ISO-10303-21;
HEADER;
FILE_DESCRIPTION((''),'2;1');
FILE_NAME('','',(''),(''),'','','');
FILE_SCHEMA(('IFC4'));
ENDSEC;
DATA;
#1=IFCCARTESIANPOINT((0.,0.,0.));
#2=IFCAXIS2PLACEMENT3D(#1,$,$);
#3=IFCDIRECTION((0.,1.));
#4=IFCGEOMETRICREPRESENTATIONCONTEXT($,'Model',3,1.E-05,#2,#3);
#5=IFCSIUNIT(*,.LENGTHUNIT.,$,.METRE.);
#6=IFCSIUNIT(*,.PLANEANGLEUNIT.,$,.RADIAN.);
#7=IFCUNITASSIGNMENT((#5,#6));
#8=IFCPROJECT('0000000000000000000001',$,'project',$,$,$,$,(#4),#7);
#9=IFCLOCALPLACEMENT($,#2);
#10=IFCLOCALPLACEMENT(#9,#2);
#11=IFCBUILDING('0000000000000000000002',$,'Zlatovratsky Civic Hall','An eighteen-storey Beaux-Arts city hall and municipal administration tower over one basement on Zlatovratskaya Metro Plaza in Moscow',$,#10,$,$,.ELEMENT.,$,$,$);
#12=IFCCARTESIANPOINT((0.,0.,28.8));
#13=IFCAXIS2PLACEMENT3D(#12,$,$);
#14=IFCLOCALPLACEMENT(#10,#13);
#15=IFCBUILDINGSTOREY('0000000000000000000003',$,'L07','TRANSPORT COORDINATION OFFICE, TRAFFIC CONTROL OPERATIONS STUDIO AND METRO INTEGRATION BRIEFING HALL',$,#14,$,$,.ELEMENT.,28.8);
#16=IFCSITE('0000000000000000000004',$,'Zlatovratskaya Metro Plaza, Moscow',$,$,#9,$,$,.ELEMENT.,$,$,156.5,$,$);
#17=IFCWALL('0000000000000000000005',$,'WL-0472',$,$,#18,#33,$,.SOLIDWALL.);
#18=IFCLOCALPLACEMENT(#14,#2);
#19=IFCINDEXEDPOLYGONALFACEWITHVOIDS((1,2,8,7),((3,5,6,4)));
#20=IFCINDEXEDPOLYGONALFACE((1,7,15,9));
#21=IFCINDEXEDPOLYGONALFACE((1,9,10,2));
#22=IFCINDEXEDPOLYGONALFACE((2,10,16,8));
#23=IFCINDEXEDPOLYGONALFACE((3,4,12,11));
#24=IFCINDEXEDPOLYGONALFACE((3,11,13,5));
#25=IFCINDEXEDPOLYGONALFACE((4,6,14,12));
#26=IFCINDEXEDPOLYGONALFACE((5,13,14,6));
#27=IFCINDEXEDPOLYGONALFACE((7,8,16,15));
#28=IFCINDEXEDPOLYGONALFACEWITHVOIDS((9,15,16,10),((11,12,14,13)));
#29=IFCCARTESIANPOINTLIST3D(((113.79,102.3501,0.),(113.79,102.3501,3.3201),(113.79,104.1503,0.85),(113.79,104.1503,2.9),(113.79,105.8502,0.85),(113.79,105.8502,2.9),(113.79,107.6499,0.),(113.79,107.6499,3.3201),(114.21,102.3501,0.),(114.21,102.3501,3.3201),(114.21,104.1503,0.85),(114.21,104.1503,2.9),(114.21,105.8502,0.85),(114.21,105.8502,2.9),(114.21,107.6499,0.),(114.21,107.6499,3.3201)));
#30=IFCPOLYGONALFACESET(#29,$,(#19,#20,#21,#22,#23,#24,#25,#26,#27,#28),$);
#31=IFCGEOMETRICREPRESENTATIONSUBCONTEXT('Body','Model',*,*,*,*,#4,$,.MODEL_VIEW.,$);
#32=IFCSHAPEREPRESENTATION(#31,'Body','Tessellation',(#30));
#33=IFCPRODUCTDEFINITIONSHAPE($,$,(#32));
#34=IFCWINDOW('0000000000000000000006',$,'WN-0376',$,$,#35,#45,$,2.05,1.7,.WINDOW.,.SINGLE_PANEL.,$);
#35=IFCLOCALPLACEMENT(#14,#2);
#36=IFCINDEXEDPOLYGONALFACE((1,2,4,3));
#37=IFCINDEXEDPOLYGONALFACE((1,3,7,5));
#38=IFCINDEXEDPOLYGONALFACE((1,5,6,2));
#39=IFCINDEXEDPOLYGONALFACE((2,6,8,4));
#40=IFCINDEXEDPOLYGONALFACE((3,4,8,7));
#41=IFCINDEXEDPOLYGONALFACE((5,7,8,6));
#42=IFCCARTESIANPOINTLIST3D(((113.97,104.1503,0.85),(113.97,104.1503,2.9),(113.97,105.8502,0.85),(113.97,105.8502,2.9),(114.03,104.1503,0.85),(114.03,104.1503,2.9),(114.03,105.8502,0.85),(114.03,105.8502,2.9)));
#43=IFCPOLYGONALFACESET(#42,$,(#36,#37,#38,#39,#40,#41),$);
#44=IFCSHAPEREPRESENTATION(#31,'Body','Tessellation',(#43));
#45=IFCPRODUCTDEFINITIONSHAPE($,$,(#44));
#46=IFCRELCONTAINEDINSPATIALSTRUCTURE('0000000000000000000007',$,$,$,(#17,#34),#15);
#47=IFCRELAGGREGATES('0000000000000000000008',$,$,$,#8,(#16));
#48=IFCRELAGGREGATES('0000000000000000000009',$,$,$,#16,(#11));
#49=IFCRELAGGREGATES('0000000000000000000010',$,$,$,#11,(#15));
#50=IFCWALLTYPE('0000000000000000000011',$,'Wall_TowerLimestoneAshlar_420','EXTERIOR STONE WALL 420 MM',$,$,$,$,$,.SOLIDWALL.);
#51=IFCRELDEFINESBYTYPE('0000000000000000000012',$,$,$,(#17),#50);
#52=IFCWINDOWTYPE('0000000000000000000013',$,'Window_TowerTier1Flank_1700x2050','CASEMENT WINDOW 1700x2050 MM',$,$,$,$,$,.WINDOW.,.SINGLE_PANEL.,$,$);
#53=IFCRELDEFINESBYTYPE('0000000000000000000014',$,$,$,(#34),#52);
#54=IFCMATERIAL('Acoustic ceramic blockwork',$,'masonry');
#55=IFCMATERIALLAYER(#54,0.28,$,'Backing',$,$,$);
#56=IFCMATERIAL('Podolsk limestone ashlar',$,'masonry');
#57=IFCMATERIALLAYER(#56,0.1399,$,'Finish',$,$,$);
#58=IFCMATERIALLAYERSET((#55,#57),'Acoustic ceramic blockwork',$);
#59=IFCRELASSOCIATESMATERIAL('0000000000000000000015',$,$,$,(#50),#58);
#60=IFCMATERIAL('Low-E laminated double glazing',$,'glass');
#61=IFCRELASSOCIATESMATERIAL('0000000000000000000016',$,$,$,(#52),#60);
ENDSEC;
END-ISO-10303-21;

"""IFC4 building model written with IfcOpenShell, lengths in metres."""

from ifc_helpers import new_model, si_unit, direction, frame, frame_2d, origin, place, context, subcontext, project, spatial, rectangle, extrude, material, layer, layer_set, type_object, element, fill, save


model = new_model("IFC4")

# Units and contexts
model_context = context("Model", 3, precision=1e-05, world=origin(), true_north=direction((0.0, 1.0)))
body_context = subcontext(model_context, "Body", "Model", "MODEL_VIEW")
ifc_project = project(units=[si_unit("LENGTHUNIT", "METRE"), si_unit("PLANEANGLEUNIT", "RADIAN")], contexts=[model_context])

# Site, building, storey
site_placement = place(None, origin())
site = spatial("IfcSite", under=ifc_project, at=site_placement, Name="Zlatovratskaya Metro Plaza, Moscow", CompositionType="ELEMENT", RefElevation=156.5)
building_placement = place(site_placement, origin())
building = spatial("IfcBuilding", under=site, at=building_placement, Name="Zlatovratsky Civic Hall", Description="An eighteen-storey Beaux-Arts city hall and municipal administration tower over one basement on Zlatovratskaya Metro Plaza in Moscow", CompositionType="ELEMENT")
storey_placement = place(building_placement, frame((0.0, 0.0, 28.8)))
storey = spatial("IfcBuildingStorey", under=building, at=storey_placement, Name="L07", Description="TRANSPORT COORDINATION OFFICE, TRAFFIC CONTROL OPERATIONS STUDIO AND METRO INTEGRATION BRIEFING HALL", CompositionType="ELEMENT", Elevation=28.8)

# Wall, opening, window
ifc_material_1 = material(Name="Acoustic ceramic blockwork", Category="masonry")
ifc_layer_1 = layer(ifc_material_1, 0.28, Name="Backing")
ifc_material_2 = material(Name="Podolsk limestone ashlar", Category="masonry")
ifc_layer_2 = layer(ifc_material_2, 0.1399, Name="Finish")
ifc_layer_set = layer_set([ifc_layer_1, ifc_layer_2], Name="Acoustic ceramic blockwork")
wall_type = type_object("IfcWallType", Name="Wall_TowerLimestoneAshlar_420", Description="EXTERIOR STONE WALL 420 MM", PredefinedType="SOLIDWALL", material=ifc_layer_set)
ifc_material_3 = material(Name="Low-E laminated double glazing", Category="glass")
window_type_1 = type_object("IfcWindowType", Name="Window_TowerTier1Flank_1700x2050", Description="CASEMENT WINDOW 1700x2050 MM", PartitioningType="SINGLE_PANEL", PredefinedType="WINDOW", material=ifc_material_3)
wall_1_placement = place(storey_placement, frame((114.0, 102.3501, 0.0), z_axis=(0.0, 0.0, 1.0), x_axis=(0.0, 1.0, 0.0)))
wall_1 = element("IfcWall", 1, at=wall_1_placement, inside=storey, type_object=wall_type, Name="WL-0472", PredefinedType="SOLIDWALL", context=body_context, shape_type="SweptSolid", body=[
    extrude(rectangle(XDim=5.2998, YDim=0.4199, at=frame_2d((2.6499, 0.0))), origin(), (0.0, 0.0, 1.0), 3.3201),
])
opening_1_placement = place(wall_1_placement, frame((1.8, 0.0, 0.8501)))
opening_1 = element("IfcOpeningElement", 2, at=opening_1_placement, cuts=wall_1, PredefinedType="OPENING", context=body_context, shape_type="SweptSolid", body=[
    extrude(rectangle(XDim=1.7, YDim=2.05, at=frame_2d((0.8501, 1.0249))), frame((0.0, 0.2249, 0.0), z_axis=(0.0, -1.0, 0.0), x_axis=(1.0, 0.0, 0.0)), (0.0, 0.0, 1.0), 0.4497),
])
window_1_placement = place(opening_1_placement, origin())
window_1 = element("IfcWindow", 3, at=window_1_placement, inside=storey, type_object=window_type_1, Name="WN-0376", OverallHeight=2.05, OverallWidth=1.7, PartitioningType="SINGLE_PANEL", PredefinedType="WINDOW", context=body_context, shape_type="SweptSolid", body=[
    extrude(rectangle(XDim=1.7, YDim=2.05, at=frame_2d((0.8501, 1.0249))), frame((0.0, 0.03, 0.0), z_axis=(0.0, -1.0, 0.0), x_axis=(1.0, 0.0, 0.0)), (0.0, 0.0, 1.0), 0.0601),
])
fill(opening_1, window_1)

save(model, "model.ifc")
